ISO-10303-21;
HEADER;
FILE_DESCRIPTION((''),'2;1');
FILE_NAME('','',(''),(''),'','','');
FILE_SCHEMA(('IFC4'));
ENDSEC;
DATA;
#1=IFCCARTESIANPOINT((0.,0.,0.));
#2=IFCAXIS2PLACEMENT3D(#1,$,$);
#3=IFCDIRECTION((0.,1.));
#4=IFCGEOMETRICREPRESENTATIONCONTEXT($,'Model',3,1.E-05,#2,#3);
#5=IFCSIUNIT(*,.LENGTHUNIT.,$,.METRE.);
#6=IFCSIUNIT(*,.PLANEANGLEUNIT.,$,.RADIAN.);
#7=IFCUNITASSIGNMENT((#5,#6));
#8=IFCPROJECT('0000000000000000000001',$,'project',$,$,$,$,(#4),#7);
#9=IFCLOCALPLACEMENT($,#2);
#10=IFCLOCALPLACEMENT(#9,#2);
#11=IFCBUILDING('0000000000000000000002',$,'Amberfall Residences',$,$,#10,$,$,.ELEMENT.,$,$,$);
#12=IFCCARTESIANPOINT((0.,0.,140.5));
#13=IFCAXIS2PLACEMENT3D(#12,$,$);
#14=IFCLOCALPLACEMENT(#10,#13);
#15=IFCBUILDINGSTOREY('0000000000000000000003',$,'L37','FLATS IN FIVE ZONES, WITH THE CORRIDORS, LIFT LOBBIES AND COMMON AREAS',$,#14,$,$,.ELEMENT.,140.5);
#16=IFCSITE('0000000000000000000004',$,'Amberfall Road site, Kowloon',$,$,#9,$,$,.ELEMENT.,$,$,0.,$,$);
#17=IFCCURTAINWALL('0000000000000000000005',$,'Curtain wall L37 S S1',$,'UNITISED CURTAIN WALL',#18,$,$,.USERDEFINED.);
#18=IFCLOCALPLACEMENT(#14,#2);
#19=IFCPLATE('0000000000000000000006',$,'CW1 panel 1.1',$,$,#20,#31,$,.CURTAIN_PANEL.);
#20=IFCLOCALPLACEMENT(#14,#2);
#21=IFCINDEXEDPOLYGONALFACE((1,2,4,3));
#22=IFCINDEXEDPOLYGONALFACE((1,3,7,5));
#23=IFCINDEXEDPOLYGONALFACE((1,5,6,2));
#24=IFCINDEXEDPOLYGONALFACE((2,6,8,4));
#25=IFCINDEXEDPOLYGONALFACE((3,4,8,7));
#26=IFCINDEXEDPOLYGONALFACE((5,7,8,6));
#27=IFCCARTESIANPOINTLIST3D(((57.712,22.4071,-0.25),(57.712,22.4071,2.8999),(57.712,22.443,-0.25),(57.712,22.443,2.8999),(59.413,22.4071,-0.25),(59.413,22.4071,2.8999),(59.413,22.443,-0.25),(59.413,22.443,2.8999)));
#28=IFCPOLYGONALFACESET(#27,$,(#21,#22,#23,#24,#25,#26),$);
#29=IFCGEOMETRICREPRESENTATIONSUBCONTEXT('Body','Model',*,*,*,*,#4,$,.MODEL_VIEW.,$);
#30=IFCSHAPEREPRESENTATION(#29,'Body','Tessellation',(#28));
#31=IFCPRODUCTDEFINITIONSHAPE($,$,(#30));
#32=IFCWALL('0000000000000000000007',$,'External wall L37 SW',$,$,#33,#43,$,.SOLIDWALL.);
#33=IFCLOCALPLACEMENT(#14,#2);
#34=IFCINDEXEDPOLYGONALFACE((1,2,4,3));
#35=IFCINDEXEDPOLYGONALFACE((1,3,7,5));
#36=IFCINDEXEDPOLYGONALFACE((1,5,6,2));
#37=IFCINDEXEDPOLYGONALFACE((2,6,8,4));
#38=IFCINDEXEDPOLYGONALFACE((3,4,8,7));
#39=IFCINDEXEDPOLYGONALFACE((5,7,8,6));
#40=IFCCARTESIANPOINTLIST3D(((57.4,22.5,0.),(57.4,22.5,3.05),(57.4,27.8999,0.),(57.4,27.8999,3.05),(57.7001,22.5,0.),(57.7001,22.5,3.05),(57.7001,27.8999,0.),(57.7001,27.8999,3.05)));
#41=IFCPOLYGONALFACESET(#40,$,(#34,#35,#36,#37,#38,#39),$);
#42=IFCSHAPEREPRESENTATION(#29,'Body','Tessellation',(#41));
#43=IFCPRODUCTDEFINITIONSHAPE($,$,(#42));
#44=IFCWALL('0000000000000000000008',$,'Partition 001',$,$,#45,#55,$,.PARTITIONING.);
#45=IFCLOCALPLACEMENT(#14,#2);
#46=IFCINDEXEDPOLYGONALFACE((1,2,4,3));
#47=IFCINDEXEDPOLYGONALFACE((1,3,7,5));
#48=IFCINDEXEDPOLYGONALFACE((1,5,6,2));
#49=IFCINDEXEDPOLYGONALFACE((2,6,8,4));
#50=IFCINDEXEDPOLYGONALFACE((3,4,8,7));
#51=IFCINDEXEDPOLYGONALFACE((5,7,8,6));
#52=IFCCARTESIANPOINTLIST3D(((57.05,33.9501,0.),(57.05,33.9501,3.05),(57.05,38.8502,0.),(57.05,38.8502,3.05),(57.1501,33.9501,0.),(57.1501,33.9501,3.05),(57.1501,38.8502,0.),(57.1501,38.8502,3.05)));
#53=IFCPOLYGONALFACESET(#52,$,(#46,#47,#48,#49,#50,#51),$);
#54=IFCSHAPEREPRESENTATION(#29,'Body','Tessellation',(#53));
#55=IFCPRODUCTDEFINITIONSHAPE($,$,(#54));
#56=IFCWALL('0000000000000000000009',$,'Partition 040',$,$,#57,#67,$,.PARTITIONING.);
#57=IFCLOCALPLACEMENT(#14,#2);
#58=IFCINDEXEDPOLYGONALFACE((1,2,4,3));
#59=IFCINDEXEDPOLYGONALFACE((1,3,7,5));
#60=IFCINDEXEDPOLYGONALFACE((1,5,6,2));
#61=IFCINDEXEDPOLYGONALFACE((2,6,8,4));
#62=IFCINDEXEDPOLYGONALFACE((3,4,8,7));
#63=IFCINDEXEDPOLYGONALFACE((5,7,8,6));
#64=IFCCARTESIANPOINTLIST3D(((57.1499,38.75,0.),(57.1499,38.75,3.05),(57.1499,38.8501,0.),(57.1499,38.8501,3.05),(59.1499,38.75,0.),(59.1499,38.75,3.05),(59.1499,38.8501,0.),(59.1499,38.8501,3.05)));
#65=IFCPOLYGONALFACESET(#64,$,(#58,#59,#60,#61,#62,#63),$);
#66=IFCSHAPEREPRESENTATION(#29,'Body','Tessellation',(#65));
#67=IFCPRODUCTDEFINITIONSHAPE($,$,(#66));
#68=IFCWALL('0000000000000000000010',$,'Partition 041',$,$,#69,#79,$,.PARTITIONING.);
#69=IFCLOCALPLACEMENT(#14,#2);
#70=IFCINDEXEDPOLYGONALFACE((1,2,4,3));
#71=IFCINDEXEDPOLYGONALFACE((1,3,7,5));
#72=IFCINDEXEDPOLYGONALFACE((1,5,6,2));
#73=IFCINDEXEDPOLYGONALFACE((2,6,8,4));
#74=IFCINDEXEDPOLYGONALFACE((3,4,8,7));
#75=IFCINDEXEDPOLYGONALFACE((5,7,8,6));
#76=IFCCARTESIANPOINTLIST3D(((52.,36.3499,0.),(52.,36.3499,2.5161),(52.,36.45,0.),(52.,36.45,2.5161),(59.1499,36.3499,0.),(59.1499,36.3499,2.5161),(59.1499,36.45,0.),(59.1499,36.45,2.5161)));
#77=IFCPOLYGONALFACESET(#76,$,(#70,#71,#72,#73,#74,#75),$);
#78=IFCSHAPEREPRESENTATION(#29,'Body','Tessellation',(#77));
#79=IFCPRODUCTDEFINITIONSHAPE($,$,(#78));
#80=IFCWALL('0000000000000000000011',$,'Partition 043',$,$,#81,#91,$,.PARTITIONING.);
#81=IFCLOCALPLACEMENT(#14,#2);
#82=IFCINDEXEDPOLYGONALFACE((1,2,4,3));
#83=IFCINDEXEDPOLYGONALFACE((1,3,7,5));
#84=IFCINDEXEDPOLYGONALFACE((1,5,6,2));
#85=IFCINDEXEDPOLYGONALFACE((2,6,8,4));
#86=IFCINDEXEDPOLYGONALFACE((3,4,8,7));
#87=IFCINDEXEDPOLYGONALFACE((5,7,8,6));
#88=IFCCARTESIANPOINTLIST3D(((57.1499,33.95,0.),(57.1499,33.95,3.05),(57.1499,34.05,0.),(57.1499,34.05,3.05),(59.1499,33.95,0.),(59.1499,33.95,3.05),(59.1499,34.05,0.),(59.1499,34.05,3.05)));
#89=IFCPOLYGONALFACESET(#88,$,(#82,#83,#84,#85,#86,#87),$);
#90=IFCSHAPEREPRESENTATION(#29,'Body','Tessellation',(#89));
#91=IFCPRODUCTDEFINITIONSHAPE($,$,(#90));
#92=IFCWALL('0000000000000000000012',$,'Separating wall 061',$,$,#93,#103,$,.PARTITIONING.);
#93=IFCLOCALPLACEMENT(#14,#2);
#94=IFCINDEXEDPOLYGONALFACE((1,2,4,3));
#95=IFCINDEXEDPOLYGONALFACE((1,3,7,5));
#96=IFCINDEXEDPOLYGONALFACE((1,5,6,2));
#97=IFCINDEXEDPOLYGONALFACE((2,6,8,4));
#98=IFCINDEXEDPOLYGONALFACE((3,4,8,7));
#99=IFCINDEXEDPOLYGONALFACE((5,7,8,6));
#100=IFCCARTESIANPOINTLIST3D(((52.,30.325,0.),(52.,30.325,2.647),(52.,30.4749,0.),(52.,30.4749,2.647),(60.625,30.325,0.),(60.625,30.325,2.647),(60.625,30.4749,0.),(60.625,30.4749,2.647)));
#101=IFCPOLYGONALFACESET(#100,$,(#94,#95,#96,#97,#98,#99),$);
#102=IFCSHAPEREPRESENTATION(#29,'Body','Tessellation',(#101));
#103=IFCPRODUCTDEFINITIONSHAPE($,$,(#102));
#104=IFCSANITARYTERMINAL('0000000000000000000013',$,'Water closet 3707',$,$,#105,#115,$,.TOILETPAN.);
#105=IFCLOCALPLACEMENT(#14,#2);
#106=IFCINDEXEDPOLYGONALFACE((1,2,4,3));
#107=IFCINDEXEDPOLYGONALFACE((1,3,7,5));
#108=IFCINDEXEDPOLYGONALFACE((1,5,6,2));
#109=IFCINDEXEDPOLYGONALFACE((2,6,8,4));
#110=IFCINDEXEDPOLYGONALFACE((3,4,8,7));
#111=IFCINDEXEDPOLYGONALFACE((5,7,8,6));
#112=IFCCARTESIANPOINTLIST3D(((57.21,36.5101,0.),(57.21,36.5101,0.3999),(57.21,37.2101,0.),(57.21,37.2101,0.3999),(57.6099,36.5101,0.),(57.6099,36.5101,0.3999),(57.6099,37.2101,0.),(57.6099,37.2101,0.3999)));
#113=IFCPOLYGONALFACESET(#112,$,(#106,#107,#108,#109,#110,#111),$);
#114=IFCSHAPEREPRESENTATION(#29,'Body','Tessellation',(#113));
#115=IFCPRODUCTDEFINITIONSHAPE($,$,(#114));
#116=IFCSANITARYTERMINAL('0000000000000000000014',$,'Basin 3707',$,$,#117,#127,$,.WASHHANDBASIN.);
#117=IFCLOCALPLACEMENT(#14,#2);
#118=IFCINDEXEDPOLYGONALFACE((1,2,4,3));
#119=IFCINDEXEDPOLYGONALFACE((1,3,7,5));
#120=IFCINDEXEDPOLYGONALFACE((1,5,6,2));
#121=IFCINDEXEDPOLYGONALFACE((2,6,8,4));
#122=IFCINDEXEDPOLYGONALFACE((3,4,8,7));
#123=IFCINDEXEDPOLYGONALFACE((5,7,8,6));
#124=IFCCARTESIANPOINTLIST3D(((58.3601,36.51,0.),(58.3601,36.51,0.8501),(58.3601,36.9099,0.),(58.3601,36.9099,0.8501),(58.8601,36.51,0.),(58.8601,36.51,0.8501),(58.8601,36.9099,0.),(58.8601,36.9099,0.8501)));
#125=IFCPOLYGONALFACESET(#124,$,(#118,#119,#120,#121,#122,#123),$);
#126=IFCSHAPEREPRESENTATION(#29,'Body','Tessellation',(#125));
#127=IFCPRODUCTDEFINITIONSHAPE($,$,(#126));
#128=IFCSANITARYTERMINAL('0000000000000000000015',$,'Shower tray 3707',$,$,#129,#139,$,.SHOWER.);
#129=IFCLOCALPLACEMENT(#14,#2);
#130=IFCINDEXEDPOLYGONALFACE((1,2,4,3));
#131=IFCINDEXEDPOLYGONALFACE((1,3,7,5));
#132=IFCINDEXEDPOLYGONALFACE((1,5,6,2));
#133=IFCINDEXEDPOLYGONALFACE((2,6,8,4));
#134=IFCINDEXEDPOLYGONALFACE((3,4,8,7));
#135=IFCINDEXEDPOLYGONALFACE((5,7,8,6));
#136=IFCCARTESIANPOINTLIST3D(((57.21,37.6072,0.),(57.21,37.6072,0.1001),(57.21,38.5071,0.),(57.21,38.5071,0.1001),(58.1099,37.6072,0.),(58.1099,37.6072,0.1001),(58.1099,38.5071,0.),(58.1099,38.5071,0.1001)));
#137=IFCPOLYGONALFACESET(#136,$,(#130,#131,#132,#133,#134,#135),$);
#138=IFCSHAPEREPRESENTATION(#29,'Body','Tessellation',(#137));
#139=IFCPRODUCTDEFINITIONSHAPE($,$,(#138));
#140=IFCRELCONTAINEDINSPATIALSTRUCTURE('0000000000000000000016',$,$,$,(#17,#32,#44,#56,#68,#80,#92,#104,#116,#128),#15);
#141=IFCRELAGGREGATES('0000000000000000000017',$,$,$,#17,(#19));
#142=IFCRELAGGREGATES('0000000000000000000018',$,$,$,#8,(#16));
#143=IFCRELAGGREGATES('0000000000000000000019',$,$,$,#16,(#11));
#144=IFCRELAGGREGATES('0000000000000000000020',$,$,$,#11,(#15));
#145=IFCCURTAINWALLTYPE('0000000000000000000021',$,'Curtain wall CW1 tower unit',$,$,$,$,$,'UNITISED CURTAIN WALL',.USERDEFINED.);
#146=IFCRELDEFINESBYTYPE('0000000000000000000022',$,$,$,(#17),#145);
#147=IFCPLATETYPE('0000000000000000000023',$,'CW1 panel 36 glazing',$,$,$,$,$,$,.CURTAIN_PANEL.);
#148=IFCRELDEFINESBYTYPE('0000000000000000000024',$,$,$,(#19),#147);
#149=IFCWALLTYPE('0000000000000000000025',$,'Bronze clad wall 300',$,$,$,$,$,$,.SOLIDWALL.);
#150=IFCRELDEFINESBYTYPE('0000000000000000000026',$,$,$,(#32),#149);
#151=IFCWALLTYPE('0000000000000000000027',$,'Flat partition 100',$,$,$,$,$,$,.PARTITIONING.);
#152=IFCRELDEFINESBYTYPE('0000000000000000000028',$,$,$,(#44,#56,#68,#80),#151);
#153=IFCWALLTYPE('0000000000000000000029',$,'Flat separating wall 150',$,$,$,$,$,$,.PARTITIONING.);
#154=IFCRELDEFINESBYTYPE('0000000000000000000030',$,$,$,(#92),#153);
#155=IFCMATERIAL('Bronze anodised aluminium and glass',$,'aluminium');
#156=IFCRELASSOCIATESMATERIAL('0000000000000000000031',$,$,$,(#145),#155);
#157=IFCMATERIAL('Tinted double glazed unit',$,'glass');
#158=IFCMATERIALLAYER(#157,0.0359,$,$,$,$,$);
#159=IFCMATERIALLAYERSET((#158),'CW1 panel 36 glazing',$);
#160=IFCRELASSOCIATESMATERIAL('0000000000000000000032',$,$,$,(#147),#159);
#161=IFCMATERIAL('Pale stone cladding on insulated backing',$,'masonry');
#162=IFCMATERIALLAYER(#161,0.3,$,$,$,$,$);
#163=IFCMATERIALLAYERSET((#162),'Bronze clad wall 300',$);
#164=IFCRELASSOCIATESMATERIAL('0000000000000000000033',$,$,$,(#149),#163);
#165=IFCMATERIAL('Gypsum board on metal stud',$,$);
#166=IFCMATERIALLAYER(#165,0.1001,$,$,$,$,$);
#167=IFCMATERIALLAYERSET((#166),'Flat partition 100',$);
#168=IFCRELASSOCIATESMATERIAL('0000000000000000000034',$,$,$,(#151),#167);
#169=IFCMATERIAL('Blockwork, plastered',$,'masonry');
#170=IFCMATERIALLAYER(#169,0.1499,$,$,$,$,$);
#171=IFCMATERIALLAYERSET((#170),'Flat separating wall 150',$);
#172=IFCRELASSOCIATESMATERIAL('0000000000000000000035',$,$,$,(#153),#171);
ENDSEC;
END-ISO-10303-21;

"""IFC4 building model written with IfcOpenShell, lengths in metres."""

from ifc_helpers import new_model, si_unit, direction, frame, frame_2d, origin, origin_2d, place, context, subcontext, project, spatial, rectangle, extrude, material, layer, layer_set, type_object, element, aggregate, save


model = new_model("IFC4")

# Units and contexts
model_context = context("Model", 3, precision=1e-05, world=origin(), true_north=direction((0.0, 1.0)))
body_context = subcontext(model_context, "Body", "Model", "MODEL_VIEW")
ifc_project = project(units=[si_unit("LENGTHUNIT", "METRE"), si_unit("PLANEANGLEUNIT", "RADIAN")], contexts=[model_context])

# Site, building, storey
site_placement = place(None, origin())
site = spatial("IfcSite", under=ifc_project, at=site_placement, Name="Amberfall Road site, Kowloon", CompositionType="ELEMENT", RefElevation=0.0)
building_placement = place(site_placement, origin())
building = spatial("IfcBuilding", under=site, at=building_placement, Name="Amberfall Residences", CompositionType="ELEMENT")
storey_placement = place(building_placement, frame((0.0, 0.0, 140.5)))
storey = spatial("IfcBuildingStorey", under=building, at=storey_placement, Name="L37", Description="FLATS IN FIVE ZONES, WITH THE CORRIDORS, LIFT LOBBIES AND COMMON AREAS", CompositionType="ELEMENT", Elevation=140.5)

# Curtain wall
ifc_material_1 = material(Name="Bronze anodised aluminium and glass", Category="aluminium")
curtain_wall_type = type_object("IfcCurtainWallType", Name="Curtain wall CW1 tower unit", ElementType="UNITISED CURTAIN WALL", PredefinedType="USERDEFINED", material=ifc_material_1)
curtain_wall_placement = place(storey_placement, origin())
curtain_wall = element("IfcCurtainWall", 1, at=curtain_wall_placement, inside=storey, type_object=curtain_wall_type, Name="Curtain wall L37 S S1", ObjectType="UNITISED CURTAIN WALL", PredefinedType="USERDEFINED")

# Plate
ifc_material_2 = material(Name="Tinted double glazed unit", Category="glass")
ifc_layer_1 = layer(ifc_material_2, 0.0359)
ifc_layer_set_1 = layer_set([ifc_layer_1], Name="CW1 panel 36 glazing")
plate_type = type_object("IfcPlateType", Name="CW1 panel 36 glazing", PredefinedType="CURTAIN_PANEL", material=ifc_layer_set_1)
plate_placement = place(storey_placement, frame((58.5625, 22.425, -0.25), z_axis=(0.0, 0.0, 1.0), x_axis=(1.0, 0.0, 0.0)))
plate = element("IfcPlate", 2, at=plate_placement, type_object=plate_type, Name="CW1 panel 1.1", PredefinedType="CURTAIN_PANEL", context=body_context, shape_type="SweptSolid", body=[
    extrude(rectangle(XDim=1.7009, YDim=0.0359, at=origin_2d()), origin(), (0.0, 0.0, 1.0), 3.1499),
])
aggregate(curtain_wall, [plate])

# Walls
ifc_material_3 = material(Name="Pale stone cladding on insulated backing", Category="masonry")
ifc_layer_2 = layer(ifc_material_3, 0.3)
ifc_layer_set_2 = layer_set([ifc_layer_2], Name="Bronze clad wall 300")
wall_type_1 = type_object("IfcWallType", Name="Bronze clad wall 300", PredefinedType="SOLIDWALL", material=ifc_layer_set_2)
wall_1_placement = place(storey_placement, frame((57.55, 27.8999, 0.0), z_axis=(0.0, 0.0, 1.0), x_axis=(0.0, -1.0, 0.0)))
element("IfcWall", 3, at=wall_1_placement, inside=storey, type_object=wall_type_1, Name="External wall L37 SW", PredefinedType="SOLIDWALL", context=body_context, shape_type="SweptSolid", body=[
    extrude(rectangle(XDim=5.3999, YDim=0.3, at=frame_2d((2.7, 0.0))), origin(), (0.0, 0.0, 1.0), 3.05),
])
ifc_material_4 = material(Name="Gypsum board on metal stud")
ifc_layer_3 = layer(ifc_material_4, 0.1001)
ifc_layer_set_3 = layer_set([ifc_layer_3], Name="Flat partition 100")
wall_type_2 = type_object("IfcWallType", Name="Flat partition 100", PredefinedType="PARTITIONING", material=ifc_layer_set_3)
wall_2_placement = place(storey_placement, frame((57.1001, 33.95, 0.0), z_axis=(0.0, 0.0, 1.0), x_axis=(0.0, 1.0, 0.0)))
element("IfcWall", 4, at=wall_2_placement, inside=storey, type_object=wall_type_2, Name="Partition 001", PredefinedType="PARTITIONING", context=body_context, shape_type="SweptSolid", body=[
    extrude(rectangle(XDim=4.9001, YDim=0.1001, at=frame_2d((2.4502, 0.0))), origin(), (0.0, 0.0, 1.0), 3.05),
])
wall_3_placement = place(storey_placement, frame((57.1499, 38.8, 0.0), z_axis=(0.0, 0.0, 1.0), x_axis=(1.0, 0.0, 0.0)))
element("IfcWall", 5, at=wall_3_placement, inside=storey, type_object=wall_type_2, Name="Partition 040", PredefinedType="PARTITIONING", context=body_context, shape_type="SweptSolid", body=[
    extrude(rectangle(XDim=2.0, YDim=0.1001, at=frame_2d((1.0, 0.0))), origin(), (0.0, 0.0, 1.0), 3.05),
])
wall_4_placement = place(storey_placement, frame((52.0, 36.3999, 0.0), z_axis=(0.0, 0.0, 1.0), x_axis=(1.0, 0.0, 0.0)))
element("IfcWall", 6, at=wall_4_placement, inside=storey, type_object=wall_type_2, Name="Partition 041", PredefinedType="PARTITIONING", context=body_context, shape_type="SweptSolid", body=[
    extrude(rectangle(XDim=7.1499, YDim=0.1001, at=frame_2d((3.575, 0.0))), origin(), (0.0, 0.0, 1.0), 2.5161),
])
wall_5_placement = place(storey_placement, frame((57.1499, 34.0, 0.0), z_axis=(0.0, 0.0, 1.0), x_axis=(1.0, 0.0, 0.0)))
element("IfcWall", 7, at=wall_5_placement, inside=storey, type_object=wall_type_2, Name="Partition 043", PredefinedType="PARTITIONING", context=body_context, shape_type="SweptSolid", body=[
    extrude(rectangle(XDim=2.0, YDim=0.1001, at=frame_2d((1.0, 0.0))), origin(), (0.0, 0.0, 1.0), 3.05),
])
ifc_material_5 = material(Name="Blockwork, plastered", Category="masonry")
ifc_layer_4 = layer(ifc_material_5, 0.1499)
ifc_layer_set_4 = layer_set([ifc_layer_4], Name="Flat separating wall 150")
wall_type_3 = type_object("IfcWallType", Name="Flat separating wall 150", PredefinedType="PARTITIONING", material=ifc_layer_set_4)
wall_6_placement = place(storey_placement, frame((52.0, 30.3999, 0.0), z_axis=(0.0, 0.0, 1.0), x_axis=(1.0, 0.0, 0.0)))
element("IfcWall", 8, at=wall_6_placement, inside=storey, type_object=wall_type_3, Name="Separating wall 061", PredefinedType="PARTITIONING", context=body_context, shape_type="SweptSolid", body=[
    extrude(rectangle(XDim=8.625, YDim=0.1499, at=frame_2d((4.3125, 0.0))), origin(), (0.0, 0.0, 1.0), 2.647),
])

# Sanitary terminals
sanitary_terminal_1_placement = place(storey_placement, frame((57.4099, 36.8601, 0.0), z_axis=(0.0, 0.0, 1.0), x_axis=(1.0, 0.0, 0.0)))
element("IfcSanitaryTerminal", 9, at=sanitary_terminal_1_placement, inside=storey, Name="Water closet 3707", PredefinedType="TOILETPAN", context=body_context, shape_type="SweptSolid", body=[
    extrude(rectangle(XDim=0.3999, YDim=0.7, at=origin_2d()), origin(), (0.0, 0.0, 1.0), 0.3999),
])
sanitary_terminal_2_placement = place(storey_placement, frame((58.6101, 36.71, 0.0), z_axis=(0.0, 0.0, 1.0), x_axis=(1.0, 0.0, 0.0)))
element("IfcSanitaryTerminal", 10, at=sanitary_terminal_2_placement, inside=storey, Name="Basin 3707", PredefinedType="WASHHANDBASIN", context=body_context, shape_type="SweptSolid", body=[
    extrude(rectangle(XDim=0.5, YDim=0.3999, at=origin_2d()), origin(), (0.0, 0.0, 1.0), 0.8501),
])
sanitary_terminal_3_placement = place(storey_placement, frame((57.6599, 38.0571, 0.0), z_axis=(0.0, 0.0, 1.0), x_axis=(1.0, 0.0, 0.0)))
element("IfcSanitaryTerminal", 11, at=sanitary_terminal_3_placement, inside=storey, Name="Shower tray 3707", PredefinedType="SHOWER", context=body_context, shape_type="SweptSolid", body=[
    extrude(rectangle(XDim=0.8999, YDim=0.8999, at=origin_2d()), origin(), (0.0, 0.0, 1.0), 0.1001),
])

save(model, "model.ifc")
